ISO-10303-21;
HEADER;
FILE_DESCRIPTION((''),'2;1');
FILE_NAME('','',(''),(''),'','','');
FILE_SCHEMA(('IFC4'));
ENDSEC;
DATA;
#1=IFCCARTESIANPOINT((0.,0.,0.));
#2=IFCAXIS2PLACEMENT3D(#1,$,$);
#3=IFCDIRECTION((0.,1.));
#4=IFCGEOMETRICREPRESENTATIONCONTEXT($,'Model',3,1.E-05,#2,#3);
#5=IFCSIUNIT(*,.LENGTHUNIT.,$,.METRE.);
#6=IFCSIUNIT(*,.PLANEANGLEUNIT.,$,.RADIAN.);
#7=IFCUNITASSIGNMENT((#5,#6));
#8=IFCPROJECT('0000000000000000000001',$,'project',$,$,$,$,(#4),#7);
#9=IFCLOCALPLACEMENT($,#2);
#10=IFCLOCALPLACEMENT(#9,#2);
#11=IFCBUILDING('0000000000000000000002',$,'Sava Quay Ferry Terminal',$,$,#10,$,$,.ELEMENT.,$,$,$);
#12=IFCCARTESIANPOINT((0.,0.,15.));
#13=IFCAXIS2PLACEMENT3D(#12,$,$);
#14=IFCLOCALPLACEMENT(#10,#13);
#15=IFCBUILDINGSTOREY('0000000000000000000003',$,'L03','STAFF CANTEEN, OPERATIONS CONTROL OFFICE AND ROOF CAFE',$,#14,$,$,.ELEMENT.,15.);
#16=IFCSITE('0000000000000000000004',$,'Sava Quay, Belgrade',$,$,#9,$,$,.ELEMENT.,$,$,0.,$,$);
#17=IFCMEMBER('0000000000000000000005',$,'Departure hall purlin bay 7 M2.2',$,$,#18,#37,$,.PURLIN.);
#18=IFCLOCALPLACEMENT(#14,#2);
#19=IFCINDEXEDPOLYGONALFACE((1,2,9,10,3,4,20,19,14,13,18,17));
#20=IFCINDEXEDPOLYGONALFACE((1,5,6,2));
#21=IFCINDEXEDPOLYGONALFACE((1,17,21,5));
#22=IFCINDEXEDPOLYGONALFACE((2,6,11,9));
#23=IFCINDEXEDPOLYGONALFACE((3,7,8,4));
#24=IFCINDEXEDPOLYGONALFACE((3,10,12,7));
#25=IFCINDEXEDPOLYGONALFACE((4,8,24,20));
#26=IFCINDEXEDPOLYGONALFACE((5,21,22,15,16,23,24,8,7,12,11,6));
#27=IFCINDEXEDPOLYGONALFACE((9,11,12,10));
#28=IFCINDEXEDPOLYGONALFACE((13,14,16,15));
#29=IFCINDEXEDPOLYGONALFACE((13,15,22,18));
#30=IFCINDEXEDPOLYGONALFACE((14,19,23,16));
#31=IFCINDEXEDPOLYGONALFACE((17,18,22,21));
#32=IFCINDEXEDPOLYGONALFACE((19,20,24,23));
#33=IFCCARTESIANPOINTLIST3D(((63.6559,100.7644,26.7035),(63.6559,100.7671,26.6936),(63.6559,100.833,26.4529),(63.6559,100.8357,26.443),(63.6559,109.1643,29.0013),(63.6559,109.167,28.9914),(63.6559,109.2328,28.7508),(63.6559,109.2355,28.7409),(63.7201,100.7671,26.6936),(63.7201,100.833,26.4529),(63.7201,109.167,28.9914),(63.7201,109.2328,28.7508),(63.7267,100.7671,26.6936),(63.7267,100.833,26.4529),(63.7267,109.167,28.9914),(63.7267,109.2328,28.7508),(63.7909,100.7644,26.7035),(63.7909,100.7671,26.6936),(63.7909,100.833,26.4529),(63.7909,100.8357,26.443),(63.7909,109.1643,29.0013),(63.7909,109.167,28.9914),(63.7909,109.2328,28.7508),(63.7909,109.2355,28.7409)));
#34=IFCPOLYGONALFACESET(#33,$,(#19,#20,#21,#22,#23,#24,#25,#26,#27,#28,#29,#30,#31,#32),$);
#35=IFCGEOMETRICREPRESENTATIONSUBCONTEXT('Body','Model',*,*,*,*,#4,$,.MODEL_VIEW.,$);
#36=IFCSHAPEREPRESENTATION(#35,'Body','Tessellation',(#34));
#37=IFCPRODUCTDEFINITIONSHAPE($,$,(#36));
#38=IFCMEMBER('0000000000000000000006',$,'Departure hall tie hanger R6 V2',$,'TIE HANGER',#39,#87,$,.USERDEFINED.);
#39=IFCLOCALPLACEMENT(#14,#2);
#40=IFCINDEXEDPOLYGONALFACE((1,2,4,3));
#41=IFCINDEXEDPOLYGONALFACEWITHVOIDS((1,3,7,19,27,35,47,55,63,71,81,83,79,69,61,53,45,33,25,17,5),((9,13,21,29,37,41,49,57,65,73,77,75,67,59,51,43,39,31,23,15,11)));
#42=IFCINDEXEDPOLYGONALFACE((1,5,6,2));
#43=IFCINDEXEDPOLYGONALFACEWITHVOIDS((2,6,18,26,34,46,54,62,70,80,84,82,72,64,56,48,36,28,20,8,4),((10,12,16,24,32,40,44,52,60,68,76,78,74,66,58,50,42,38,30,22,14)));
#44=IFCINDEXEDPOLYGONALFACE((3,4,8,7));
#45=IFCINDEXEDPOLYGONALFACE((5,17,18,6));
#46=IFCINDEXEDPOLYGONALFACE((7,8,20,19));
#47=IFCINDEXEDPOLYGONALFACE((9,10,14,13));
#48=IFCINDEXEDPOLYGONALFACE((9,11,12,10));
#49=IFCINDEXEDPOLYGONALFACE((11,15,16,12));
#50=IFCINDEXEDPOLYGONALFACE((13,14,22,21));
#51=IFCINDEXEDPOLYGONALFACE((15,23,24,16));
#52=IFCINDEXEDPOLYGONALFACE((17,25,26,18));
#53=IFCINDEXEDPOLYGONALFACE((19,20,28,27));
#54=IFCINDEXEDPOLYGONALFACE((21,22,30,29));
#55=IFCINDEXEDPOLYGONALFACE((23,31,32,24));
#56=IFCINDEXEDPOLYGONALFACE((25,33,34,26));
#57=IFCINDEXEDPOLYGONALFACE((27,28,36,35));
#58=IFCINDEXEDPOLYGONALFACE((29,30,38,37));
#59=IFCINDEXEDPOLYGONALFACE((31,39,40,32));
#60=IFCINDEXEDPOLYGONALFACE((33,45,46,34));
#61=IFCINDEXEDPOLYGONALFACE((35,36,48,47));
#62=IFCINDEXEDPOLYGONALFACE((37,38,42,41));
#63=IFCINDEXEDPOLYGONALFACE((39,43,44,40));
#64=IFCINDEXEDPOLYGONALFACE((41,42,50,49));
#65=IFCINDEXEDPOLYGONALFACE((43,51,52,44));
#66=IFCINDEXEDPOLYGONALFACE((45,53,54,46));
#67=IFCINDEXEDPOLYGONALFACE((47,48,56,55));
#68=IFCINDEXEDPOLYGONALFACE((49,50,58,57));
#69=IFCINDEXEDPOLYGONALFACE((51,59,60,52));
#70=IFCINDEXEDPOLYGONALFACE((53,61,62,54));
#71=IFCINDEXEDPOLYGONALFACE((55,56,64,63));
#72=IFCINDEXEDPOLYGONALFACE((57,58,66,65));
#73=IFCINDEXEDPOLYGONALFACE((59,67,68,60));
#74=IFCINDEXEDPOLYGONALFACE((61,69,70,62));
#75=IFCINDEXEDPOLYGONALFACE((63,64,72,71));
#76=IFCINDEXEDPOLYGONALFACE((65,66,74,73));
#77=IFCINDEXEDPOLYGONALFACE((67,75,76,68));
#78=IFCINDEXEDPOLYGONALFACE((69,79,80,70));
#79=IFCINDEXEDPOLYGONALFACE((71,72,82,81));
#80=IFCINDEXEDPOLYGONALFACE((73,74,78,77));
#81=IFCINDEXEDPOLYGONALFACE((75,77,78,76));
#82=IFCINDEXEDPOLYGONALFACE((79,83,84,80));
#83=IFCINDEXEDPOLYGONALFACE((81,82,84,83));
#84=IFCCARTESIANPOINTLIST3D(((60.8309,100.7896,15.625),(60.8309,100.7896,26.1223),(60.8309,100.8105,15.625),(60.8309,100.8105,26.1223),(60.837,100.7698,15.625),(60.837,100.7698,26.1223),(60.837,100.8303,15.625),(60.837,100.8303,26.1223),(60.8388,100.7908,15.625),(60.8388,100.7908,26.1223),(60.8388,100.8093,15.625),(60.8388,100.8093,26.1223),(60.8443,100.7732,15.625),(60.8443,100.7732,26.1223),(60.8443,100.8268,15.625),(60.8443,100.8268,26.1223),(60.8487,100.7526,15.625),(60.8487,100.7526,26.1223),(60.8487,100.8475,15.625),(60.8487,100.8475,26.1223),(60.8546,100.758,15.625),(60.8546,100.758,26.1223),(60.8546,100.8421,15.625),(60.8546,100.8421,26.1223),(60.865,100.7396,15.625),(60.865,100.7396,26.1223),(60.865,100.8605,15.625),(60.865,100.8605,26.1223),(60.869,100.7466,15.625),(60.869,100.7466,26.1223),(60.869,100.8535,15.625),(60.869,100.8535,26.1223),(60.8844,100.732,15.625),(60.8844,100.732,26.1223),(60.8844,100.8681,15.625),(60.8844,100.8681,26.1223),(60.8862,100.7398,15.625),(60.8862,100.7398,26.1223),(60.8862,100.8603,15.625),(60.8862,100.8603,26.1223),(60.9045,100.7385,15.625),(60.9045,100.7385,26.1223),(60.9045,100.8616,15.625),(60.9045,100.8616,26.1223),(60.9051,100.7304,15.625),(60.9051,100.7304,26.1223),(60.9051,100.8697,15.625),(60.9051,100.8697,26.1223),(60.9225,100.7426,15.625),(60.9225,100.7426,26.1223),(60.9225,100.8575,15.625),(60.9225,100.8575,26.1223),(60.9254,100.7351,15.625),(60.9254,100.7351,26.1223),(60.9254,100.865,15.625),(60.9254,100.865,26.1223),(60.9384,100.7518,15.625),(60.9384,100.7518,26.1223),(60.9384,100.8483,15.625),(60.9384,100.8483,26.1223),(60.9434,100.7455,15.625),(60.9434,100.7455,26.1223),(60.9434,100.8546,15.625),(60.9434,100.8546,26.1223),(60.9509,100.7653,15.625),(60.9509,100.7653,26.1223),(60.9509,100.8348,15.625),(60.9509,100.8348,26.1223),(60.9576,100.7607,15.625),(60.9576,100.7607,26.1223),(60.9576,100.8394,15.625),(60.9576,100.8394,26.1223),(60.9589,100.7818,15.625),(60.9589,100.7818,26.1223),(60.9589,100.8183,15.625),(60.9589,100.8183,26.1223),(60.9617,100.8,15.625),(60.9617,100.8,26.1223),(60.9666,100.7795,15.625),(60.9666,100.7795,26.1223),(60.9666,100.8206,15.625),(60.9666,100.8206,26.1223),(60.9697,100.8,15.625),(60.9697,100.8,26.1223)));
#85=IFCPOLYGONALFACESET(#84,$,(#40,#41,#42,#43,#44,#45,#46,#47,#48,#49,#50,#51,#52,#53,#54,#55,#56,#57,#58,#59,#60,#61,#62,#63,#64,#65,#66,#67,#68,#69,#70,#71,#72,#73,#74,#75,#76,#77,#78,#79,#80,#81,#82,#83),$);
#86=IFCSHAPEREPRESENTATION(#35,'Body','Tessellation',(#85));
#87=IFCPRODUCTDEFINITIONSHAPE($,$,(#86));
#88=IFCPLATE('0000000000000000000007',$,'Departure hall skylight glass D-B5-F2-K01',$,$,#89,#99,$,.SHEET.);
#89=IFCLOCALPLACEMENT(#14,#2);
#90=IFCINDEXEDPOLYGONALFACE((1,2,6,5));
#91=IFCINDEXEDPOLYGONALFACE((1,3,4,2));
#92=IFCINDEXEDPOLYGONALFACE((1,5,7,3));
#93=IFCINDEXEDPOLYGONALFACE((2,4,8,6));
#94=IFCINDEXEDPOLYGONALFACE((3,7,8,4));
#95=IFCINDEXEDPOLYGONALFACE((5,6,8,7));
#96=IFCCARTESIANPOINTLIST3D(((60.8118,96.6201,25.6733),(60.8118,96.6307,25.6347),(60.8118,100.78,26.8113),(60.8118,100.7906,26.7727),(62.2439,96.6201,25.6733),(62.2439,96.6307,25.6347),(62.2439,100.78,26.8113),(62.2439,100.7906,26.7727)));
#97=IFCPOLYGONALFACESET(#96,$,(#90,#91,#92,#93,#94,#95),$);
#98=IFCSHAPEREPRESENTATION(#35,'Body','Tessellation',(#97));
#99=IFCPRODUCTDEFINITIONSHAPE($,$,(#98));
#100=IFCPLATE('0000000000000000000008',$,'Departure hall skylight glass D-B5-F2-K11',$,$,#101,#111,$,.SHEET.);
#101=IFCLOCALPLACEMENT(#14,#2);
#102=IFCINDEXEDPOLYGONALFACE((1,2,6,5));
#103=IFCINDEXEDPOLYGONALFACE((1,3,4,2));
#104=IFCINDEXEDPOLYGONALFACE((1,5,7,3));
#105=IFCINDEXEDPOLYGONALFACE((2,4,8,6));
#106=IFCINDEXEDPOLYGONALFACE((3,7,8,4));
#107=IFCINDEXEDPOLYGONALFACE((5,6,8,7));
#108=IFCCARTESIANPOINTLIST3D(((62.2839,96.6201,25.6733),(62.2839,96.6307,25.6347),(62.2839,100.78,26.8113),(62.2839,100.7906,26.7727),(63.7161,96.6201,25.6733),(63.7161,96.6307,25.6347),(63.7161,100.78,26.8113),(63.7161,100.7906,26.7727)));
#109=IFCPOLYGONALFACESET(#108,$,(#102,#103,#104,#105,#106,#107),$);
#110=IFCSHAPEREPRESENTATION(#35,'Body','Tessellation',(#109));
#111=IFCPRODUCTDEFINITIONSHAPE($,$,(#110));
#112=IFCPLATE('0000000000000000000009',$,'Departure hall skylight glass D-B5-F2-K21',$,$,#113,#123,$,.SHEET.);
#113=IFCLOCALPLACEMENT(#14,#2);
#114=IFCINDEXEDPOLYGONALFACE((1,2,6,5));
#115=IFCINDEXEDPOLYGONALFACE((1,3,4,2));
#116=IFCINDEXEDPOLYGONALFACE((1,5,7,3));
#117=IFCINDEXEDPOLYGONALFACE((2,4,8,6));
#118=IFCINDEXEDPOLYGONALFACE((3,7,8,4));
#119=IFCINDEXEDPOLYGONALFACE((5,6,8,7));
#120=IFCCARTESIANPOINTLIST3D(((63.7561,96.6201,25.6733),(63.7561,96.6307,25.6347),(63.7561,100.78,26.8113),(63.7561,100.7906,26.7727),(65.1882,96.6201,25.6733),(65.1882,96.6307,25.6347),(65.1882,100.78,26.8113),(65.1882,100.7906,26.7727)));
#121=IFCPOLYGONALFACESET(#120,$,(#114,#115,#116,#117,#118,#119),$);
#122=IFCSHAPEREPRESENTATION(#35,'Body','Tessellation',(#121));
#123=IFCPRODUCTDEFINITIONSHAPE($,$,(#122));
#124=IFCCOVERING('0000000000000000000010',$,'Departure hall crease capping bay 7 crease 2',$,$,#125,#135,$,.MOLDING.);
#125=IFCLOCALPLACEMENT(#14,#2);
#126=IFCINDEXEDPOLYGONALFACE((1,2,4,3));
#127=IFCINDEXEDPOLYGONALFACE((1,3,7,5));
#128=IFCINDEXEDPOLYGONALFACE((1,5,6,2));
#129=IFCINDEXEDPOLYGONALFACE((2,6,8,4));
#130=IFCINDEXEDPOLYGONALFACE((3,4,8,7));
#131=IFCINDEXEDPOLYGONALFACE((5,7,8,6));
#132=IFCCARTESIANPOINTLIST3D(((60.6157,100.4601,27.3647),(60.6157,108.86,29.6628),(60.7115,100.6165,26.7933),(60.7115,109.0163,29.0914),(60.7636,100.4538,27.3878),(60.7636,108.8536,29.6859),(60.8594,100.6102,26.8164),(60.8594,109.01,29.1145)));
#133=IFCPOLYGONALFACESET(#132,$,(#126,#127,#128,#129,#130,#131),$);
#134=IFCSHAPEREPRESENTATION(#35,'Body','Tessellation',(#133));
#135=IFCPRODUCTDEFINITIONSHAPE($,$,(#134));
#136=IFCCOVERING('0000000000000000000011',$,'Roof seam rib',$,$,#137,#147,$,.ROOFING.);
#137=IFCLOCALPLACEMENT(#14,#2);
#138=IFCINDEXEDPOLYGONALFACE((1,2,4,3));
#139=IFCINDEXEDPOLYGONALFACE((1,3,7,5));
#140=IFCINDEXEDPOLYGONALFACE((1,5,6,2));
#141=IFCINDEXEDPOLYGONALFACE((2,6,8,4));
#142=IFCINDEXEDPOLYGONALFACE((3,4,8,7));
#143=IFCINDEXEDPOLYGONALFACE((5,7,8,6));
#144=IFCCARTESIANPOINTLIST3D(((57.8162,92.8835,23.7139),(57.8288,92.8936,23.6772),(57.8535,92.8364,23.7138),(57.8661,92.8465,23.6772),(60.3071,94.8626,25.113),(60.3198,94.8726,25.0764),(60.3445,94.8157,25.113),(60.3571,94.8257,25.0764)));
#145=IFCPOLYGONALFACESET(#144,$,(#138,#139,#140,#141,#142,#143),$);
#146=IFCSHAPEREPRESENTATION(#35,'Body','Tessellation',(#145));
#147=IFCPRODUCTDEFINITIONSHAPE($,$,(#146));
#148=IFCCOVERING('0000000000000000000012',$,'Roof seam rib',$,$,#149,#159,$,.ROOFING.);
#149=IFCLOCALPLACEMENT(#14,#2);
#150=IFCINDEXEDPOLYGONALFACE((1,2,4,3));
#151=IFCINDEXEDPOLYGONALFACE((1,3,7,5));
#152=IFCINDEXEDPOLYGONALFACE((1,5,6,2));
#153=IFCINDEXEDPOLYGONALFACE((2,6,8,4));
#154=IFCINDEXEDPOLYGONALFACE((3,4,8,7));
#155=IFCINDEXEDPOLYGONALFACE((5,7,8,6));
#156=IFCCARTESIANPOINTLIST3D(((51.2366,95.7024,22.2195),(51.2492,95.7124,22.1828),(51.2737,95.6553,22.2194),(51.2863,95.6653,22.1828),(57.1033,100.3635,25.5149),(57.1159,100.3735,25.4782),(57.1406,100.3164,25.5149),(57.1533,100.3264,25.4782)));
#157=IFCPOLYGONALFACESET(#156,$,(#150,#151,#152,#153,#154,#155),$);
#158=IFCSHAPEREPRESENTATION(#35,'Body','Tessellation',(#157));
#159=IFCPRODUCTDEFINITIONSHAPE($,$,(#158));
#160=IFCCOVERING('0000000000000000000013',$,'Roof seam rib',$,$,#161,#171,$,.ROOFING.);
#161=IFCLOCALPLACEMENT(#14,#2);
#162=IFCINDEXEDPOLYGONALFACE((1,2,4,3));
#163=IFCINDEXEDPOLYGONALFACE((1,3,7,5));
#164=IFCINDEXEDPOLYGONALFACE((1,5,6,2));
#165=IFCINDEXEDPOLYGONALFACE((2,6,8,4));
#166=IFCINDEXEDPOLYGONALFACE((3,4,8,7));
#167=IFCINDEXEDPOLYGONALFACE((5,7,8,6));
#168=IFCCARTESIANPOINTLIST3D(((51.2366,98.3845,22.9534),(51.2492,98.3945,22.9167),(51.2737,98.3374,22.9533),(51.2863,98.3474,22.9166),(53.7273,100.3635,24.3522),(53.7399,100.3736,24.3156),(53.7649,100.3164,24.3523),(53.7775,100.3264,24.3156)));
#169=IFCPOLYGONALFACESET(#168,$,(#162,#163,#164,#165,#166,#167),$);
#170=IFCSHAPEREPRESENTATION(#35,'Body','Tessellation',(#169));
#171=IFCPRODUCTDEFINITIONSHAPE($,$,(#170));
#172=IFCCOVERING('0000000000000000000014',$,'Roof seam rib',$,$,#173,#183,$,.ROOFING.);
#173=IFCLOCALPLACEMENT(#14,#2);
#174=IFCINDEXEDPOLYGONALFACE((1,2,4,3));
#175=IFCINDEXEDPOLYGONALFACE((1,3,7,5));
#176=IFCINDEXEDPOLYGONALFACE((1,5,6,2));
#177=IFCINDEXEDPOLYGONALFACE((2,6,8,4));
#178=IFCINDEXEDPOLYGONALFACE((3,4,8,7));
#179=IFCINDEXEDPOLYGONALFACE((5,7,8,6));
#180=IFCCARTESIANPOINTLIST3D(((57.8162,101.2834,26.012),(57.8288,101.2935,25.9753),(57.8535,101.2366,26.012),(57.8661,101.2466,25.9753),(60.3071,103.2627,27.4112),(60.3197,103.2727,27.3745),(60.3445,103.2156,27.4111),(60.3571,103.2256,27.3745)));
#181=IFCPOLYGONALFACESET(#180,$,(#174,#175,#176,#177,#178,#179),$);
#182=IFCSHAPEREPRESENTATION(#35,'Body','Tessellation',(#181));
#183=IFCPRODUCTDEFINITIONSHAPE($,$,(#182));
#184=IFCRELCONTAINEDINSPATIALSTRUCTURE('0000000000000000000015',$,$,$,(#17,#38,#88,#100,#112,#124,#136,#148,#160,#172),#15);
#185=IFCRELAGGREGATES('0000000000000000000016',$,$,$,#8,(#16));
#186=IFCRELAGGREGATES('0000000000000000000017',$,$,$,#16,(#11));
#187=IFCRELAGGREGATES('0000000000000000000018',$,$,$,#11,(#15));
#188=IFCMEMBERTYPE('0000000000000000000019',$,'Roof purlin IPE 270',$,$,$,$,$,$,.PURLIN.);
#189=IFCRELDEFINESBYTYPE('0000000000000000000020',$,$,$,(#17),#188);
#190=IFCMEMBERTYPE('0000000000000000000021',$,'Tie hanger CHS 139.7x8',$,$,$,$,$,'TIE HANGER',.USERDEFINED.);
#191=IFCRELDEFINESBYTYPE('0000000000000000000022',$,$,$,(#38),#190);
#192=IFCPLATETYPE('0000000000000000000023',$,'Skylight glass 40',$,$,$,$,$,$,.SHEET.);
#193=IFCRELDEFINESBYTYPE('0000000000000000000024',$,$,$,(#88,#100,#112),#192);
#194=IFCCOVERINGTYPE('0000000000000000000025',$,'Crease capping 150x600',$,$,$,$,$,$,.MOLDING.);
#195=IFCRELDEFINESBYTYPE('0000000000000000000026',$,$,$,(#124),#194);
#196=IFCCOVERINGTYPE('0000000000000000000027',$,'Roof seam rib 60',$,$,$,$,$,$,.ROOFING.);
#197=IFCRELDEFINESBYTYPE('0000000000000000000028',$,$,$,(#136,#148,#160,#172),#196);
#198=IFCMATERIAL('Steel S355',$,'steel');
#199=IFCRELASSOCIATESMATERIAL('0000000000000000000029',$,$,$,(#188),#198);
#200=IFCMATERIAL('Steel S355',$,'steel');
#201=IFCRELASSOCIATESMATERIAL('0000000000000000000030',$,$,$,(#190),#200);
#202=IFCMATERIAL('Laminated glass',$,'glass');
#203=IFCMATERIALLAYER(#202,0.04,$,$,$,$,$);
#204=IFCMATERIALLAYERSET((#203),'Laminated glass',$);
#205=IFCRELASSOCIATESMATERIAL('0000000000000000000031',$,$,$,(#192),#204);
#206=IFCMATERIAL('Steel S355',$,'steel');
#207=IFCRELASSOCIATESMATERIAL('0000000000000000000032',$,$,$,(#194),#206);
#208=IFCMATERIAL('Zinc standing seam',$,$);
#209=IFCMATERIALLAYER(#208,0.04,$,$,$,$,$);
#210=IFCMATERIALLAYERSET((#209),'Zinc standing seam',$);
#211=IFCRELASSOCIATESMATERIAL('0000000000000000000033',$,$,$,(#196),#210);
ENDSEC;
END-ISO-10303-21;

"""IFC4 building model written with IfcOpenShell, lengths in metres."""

from ifc_helpers import new_model, si_unit, direction, frame, origin, origin_2d, place, context, subcontext, project, spatial, polyline, rectangle, hollow_circle, i_section, outline, extrude, material, layer, layer_set, material_profile, profile_set, type_object, element, save


model = new_model("IFC4")

# Units and contexts
model_context = context("Model", 3, precision=1e-05, world=origin(), true_north=direction((0.0, 1.0)))
body_context = subcontext(model_context, "Body", "Model", "MODEL_VIEW")
ifc_project = project(units=[si_unit("LENGTHUNIT", "METRE"), si_unit("PLANEANGLEUNIT", "RADIAN")], contexts=[model_context])

# Site, building, storey
site_placement = place(None, origin())
site = spatial("IfcSite", under=ifc_project, at=site_placement, Name="Sava Quay, Belgrade", CompositionType="ELEMENT", RefElevation=0.0)
building_placement = place(site_placement, origin())
building = spatial("IfcBuilding", under=site, at=building_placement, Name="Sava Quay Ferry Terminal", CompositionType="ELEMENT")
storey_placement = place(building_placement, frame((0.0, 0.0, 15.0)))
storey = spatial("IfcBuildingStorey", under=building, at=storey_placement, Name="L03", Description="STAFF CANTEEN, OPERATIONS CONTROL OFFICE AND ROOF CAFE", CompositionType="ELEMENT", Elevation=15.0)

# Members
ifc_material_1 = material(Name="Steel S355", Category="steel")
ifc_material_profile_1 = material_profile(ifc_material_1, i_section(OverallWidth=0.135, OverallDepth=0.27, WebThickness=0.0066, FlangeThickness=0.0103, at=origin_2d()), Name="IPE 270")
ifc_profile_set_1 = profile_set([ifc_material_profile_1], Name="Steel S355")
member_type_1 = type_object("IfcMemberType", Name="Roof purlin IPE 270", PredefinedType="PURLIN", material=ifc_profile_set_1)
for number, where, z_axis, x_axis, name in (
    (1, (63.7234, 100.8, 26.5732), (0.0, 0.96456, 0.263862), (-1.0, 0.0, 0.0), "Departure hall purlin bay 7 M2.2"),
):
    element("IfcMember", number, at=place(storey_placement, frame(where, z_axis=z_axis, x_axis=x_axis)), inside=storey, type_object=member_type_1, Name=name, PredefinedType="PURLIN", context=body_context, shape_type="SweptSolid", body=[
        extrude(i_section(OverallWidth=0.135, OverallDepth=0.27, WebThickness=0.0066, FlangeThickness=0.0103, at=origin_2d()), origin(), (0.0, 0.0, 1.0), 8.7085),
    ])
ifc_material_2 = material(Name="Steel S355", Category="steel")
ifc_material_profile_2 = material_profile(ifc_material_2, hollow_circle(Radius=0.0698, WallThickness=0.0081, at=origin_2d()), Name="CHS 139.7 x 8.0")
ifc_profile_set_2 = profile_set([ifc_material_profile_2], Name="Steel S355")
member_type_2 = type_object("IfcMemberType", Name="Tie hanger CHS 139.7x8", ElementType="TIE HANGER", PredefinedType="USERDEFINED", material=ifc_profile_set_2)
member_1_placement = place(storey_placement, frame((60.8999, 100.8, 15.625), z_axis=(0.0, 0.0, 1.0), x_axis=(1.0, 0.0, 0.0)))
element("IfcMember", 2, at=member_1_placement, inside=storey, type_object=member_type_2, Name="Departure hall tie hanger R6 V2", ObjectType="TIE HANGER", PredefinedType="USERDEFINED", context=body_context, shape_type="SweptSolid", body=[
    extrude(hollow_circle(Radius=0.0698, WallThickness=0.0081, at=origin_2d()), origin(), (0.0, 0.0, 1.0), 10.4973),
])

# Plates
ifc_material_3 = material(Name="Laminated glass", Category="glass")
ifc_layer_1 = layer(ifc_material_3, 0.04)
ifc_layer_set_1 = layer_set([ifc_layer_1], Name="Laminated glass")
plate_type = type_object("IfcPlateType", Name="Skylight glass 40", PredefinedType="SHEET", material=ifc_layer_set_1)
for number, where, z_axis, x_axis, name in (
    (3, (60.8118, 96.6201, 25.6733), (0.0, -0.263855, 0.964562), (0.0, 0.964562, 0.263855), "Departure hall skylight glass D-B5-F2-K01"),
    (4, (62.2839, 96.6201, 25.6733), (0.0, -0.263855, 0.964562), (0.0, 0.964562, 0.263855), "Departure hall skylight glass D-B5-F2-K11"),
    (5, (63.7561, 96.6201, 25.6733), (0.0, -0.263855, 0.964562), (0.0, 0.964562, 0.263855), "Departure hall skylight glass D-B5-F2-K21"),
):
    element("IfcPlate", number, at=place(storey_placement, frame(where, z_axis=z_axis, x_axis=x_axis)), inside=storey, type_object=plate_type, Name=name, PredefinedType="SHEET", context=body_context, shape_type="SweptSolid", body=[
        extrude(outline(polyline([(0.0, 0.0), (4.3127, 0.0), (4.3127, -1.4321), (0.0, -1.4321), (0.0, 0.0)])), origin(), (0.0, 0.0, -1.0), 0.04),
    ])

# Coverings
ifc_material_4 = material(Name="Steel S355", Category="steel")
ifc_material_profile_3 = material_profile(ifc_material_4, rectangle(XDim=0.1499, YDim=0.6001, at=origin_2d()), Name="Cap 150 x 600")
ifc_profile_set_3 = profile_set([ifc_material_profile_3], Name="Steel S355")
covering_type_1 = type_object("IfcCoveringType", Name="Crease capping 150x600", PredefinedType="MOLDING", material=ifc_profile_set_3)
covering_1_placement = place(storey_placement, frame((60.7375, 100.5352, 27.0906), z_axis=(0.0, 0.964553, 0.263888), x_axis=(-0.987175, 0.042128, -0.153986)))
element("IfcCovering", 6, at=covering_1_placement, inside=storey, type_object=covering_type_1, Name="Departure hall crease capping bay 7 crease 2", PredefinedType="MOLDING", context=body_context, shape_type="SweptSolid", body=[
    extrude(rectangle(XDim=0.1499, YDim=0.6001, at=origin_2d()), origin(), (0.0, 0.0, 1.0), 8.7085),
])
ifc_material_5 = material(Name="Zinc standing seam")
ifc_layer_2 = layer(ifc_material_5, 0.04)
ifc_layer_set_2 = layer_set([ifc_layer_2], Name="Zinc standing seam")
covering_type_2 = type_object("IfcCoveringType", Name="Roof seam rib 60", PredefinedType="ROOFING", material=ifc_layer_set_2)
covering_2_placement = place(storey_placement, frame((57.8162, 92.8835, 23.7139), z_axis=(-0.315154, -0.250486, 0.915388), x_axis=(0.716726, 0.569419, 0.402574)))
element("IfcCovering", 7, at=covering_2_placement, inside=storey, type_object=covering_type_2, Name="Roof seam rib", PredefinedType="ROOFING", context=body_context, shape_type="SweptSolid", body=[
    extrude(outline(polyline([(0.0, 0.0), (3.4755, 0.0), (3.4756, -0.0599), (-0.0001, -0.0601), (0.0, 0.0)])), origin(), (0.0, 0.0, -1.0), 0.04),
])
covering_3_placement = place(storey_placement, frame((51.2366, 95.7024, 22.2195), z_axis=(-0.315876, -0.249591, 0.915383), x_axis=(0.716711, 0.569432, 0.402582)))
element("IfcCovering", 8, at=covering_3_placement, inside=storey, type_object=covering_type_2, Name="Roof seam rib", PredefinedType="ROOFING", context=body_context, shape_type="SweptSolid", body=[
    extrude(outline(polyline([(0.0, 0.0), (8.1856, 0.0), (8.1855, -0.0601), (-0.0002, -0.06), (0.0, 0.0)])), origin(), (0.0, 0.0, -1.0), 0.04),
])
covering_4_placement = place(storey_placement, frame((51.2366, 98.3845, 22.9534), z_axis=(-0.315431, -0.250057, 0.91541), x_axis=(0.716716, 0.569467, 0.402523)))
element("IfcCovering", 9, at=covering_4_placement, inside=storey, type_object=covering_type_2, Name="Roof seam rib", PredefinedType="ROOFING", context=body_context, shape_type="SweptSolid", body=[
    extrude(outline(polyline([(0.0, 0.0), (3.4752, 0.0), (3.4753, -0.0603), (-0.0002, -0.06), (0.0, 0.0)])), origin(), (0.0, 0.0, -1.0), 0.04),
])
covering_5_placement = place(storey_placement, frame((57.8162, 101.2834, 26.012), z_axis=(-0.315154, -0.250486, 0.915388), x_axis=(0.716692, 0.569462, 0.402574)))
element("IfcCovering", 10, at=covering_5_placement, inside=storey, type_object=covering_type_2, Name="Roof seam rib", PredefinedType="ROOFING", context=body_context, shape_type="SweptSolid", body=[
    extrude(outline(polyline([(0.0, 0.0), (3.4756, 0.0), (3.4756, -0.0601), (0.0001, -0.0599), (0.0, 0.0)])), origin(), (0.0, 0.0, -1.0), 0.04),
])

save(model, "model.ifc")
